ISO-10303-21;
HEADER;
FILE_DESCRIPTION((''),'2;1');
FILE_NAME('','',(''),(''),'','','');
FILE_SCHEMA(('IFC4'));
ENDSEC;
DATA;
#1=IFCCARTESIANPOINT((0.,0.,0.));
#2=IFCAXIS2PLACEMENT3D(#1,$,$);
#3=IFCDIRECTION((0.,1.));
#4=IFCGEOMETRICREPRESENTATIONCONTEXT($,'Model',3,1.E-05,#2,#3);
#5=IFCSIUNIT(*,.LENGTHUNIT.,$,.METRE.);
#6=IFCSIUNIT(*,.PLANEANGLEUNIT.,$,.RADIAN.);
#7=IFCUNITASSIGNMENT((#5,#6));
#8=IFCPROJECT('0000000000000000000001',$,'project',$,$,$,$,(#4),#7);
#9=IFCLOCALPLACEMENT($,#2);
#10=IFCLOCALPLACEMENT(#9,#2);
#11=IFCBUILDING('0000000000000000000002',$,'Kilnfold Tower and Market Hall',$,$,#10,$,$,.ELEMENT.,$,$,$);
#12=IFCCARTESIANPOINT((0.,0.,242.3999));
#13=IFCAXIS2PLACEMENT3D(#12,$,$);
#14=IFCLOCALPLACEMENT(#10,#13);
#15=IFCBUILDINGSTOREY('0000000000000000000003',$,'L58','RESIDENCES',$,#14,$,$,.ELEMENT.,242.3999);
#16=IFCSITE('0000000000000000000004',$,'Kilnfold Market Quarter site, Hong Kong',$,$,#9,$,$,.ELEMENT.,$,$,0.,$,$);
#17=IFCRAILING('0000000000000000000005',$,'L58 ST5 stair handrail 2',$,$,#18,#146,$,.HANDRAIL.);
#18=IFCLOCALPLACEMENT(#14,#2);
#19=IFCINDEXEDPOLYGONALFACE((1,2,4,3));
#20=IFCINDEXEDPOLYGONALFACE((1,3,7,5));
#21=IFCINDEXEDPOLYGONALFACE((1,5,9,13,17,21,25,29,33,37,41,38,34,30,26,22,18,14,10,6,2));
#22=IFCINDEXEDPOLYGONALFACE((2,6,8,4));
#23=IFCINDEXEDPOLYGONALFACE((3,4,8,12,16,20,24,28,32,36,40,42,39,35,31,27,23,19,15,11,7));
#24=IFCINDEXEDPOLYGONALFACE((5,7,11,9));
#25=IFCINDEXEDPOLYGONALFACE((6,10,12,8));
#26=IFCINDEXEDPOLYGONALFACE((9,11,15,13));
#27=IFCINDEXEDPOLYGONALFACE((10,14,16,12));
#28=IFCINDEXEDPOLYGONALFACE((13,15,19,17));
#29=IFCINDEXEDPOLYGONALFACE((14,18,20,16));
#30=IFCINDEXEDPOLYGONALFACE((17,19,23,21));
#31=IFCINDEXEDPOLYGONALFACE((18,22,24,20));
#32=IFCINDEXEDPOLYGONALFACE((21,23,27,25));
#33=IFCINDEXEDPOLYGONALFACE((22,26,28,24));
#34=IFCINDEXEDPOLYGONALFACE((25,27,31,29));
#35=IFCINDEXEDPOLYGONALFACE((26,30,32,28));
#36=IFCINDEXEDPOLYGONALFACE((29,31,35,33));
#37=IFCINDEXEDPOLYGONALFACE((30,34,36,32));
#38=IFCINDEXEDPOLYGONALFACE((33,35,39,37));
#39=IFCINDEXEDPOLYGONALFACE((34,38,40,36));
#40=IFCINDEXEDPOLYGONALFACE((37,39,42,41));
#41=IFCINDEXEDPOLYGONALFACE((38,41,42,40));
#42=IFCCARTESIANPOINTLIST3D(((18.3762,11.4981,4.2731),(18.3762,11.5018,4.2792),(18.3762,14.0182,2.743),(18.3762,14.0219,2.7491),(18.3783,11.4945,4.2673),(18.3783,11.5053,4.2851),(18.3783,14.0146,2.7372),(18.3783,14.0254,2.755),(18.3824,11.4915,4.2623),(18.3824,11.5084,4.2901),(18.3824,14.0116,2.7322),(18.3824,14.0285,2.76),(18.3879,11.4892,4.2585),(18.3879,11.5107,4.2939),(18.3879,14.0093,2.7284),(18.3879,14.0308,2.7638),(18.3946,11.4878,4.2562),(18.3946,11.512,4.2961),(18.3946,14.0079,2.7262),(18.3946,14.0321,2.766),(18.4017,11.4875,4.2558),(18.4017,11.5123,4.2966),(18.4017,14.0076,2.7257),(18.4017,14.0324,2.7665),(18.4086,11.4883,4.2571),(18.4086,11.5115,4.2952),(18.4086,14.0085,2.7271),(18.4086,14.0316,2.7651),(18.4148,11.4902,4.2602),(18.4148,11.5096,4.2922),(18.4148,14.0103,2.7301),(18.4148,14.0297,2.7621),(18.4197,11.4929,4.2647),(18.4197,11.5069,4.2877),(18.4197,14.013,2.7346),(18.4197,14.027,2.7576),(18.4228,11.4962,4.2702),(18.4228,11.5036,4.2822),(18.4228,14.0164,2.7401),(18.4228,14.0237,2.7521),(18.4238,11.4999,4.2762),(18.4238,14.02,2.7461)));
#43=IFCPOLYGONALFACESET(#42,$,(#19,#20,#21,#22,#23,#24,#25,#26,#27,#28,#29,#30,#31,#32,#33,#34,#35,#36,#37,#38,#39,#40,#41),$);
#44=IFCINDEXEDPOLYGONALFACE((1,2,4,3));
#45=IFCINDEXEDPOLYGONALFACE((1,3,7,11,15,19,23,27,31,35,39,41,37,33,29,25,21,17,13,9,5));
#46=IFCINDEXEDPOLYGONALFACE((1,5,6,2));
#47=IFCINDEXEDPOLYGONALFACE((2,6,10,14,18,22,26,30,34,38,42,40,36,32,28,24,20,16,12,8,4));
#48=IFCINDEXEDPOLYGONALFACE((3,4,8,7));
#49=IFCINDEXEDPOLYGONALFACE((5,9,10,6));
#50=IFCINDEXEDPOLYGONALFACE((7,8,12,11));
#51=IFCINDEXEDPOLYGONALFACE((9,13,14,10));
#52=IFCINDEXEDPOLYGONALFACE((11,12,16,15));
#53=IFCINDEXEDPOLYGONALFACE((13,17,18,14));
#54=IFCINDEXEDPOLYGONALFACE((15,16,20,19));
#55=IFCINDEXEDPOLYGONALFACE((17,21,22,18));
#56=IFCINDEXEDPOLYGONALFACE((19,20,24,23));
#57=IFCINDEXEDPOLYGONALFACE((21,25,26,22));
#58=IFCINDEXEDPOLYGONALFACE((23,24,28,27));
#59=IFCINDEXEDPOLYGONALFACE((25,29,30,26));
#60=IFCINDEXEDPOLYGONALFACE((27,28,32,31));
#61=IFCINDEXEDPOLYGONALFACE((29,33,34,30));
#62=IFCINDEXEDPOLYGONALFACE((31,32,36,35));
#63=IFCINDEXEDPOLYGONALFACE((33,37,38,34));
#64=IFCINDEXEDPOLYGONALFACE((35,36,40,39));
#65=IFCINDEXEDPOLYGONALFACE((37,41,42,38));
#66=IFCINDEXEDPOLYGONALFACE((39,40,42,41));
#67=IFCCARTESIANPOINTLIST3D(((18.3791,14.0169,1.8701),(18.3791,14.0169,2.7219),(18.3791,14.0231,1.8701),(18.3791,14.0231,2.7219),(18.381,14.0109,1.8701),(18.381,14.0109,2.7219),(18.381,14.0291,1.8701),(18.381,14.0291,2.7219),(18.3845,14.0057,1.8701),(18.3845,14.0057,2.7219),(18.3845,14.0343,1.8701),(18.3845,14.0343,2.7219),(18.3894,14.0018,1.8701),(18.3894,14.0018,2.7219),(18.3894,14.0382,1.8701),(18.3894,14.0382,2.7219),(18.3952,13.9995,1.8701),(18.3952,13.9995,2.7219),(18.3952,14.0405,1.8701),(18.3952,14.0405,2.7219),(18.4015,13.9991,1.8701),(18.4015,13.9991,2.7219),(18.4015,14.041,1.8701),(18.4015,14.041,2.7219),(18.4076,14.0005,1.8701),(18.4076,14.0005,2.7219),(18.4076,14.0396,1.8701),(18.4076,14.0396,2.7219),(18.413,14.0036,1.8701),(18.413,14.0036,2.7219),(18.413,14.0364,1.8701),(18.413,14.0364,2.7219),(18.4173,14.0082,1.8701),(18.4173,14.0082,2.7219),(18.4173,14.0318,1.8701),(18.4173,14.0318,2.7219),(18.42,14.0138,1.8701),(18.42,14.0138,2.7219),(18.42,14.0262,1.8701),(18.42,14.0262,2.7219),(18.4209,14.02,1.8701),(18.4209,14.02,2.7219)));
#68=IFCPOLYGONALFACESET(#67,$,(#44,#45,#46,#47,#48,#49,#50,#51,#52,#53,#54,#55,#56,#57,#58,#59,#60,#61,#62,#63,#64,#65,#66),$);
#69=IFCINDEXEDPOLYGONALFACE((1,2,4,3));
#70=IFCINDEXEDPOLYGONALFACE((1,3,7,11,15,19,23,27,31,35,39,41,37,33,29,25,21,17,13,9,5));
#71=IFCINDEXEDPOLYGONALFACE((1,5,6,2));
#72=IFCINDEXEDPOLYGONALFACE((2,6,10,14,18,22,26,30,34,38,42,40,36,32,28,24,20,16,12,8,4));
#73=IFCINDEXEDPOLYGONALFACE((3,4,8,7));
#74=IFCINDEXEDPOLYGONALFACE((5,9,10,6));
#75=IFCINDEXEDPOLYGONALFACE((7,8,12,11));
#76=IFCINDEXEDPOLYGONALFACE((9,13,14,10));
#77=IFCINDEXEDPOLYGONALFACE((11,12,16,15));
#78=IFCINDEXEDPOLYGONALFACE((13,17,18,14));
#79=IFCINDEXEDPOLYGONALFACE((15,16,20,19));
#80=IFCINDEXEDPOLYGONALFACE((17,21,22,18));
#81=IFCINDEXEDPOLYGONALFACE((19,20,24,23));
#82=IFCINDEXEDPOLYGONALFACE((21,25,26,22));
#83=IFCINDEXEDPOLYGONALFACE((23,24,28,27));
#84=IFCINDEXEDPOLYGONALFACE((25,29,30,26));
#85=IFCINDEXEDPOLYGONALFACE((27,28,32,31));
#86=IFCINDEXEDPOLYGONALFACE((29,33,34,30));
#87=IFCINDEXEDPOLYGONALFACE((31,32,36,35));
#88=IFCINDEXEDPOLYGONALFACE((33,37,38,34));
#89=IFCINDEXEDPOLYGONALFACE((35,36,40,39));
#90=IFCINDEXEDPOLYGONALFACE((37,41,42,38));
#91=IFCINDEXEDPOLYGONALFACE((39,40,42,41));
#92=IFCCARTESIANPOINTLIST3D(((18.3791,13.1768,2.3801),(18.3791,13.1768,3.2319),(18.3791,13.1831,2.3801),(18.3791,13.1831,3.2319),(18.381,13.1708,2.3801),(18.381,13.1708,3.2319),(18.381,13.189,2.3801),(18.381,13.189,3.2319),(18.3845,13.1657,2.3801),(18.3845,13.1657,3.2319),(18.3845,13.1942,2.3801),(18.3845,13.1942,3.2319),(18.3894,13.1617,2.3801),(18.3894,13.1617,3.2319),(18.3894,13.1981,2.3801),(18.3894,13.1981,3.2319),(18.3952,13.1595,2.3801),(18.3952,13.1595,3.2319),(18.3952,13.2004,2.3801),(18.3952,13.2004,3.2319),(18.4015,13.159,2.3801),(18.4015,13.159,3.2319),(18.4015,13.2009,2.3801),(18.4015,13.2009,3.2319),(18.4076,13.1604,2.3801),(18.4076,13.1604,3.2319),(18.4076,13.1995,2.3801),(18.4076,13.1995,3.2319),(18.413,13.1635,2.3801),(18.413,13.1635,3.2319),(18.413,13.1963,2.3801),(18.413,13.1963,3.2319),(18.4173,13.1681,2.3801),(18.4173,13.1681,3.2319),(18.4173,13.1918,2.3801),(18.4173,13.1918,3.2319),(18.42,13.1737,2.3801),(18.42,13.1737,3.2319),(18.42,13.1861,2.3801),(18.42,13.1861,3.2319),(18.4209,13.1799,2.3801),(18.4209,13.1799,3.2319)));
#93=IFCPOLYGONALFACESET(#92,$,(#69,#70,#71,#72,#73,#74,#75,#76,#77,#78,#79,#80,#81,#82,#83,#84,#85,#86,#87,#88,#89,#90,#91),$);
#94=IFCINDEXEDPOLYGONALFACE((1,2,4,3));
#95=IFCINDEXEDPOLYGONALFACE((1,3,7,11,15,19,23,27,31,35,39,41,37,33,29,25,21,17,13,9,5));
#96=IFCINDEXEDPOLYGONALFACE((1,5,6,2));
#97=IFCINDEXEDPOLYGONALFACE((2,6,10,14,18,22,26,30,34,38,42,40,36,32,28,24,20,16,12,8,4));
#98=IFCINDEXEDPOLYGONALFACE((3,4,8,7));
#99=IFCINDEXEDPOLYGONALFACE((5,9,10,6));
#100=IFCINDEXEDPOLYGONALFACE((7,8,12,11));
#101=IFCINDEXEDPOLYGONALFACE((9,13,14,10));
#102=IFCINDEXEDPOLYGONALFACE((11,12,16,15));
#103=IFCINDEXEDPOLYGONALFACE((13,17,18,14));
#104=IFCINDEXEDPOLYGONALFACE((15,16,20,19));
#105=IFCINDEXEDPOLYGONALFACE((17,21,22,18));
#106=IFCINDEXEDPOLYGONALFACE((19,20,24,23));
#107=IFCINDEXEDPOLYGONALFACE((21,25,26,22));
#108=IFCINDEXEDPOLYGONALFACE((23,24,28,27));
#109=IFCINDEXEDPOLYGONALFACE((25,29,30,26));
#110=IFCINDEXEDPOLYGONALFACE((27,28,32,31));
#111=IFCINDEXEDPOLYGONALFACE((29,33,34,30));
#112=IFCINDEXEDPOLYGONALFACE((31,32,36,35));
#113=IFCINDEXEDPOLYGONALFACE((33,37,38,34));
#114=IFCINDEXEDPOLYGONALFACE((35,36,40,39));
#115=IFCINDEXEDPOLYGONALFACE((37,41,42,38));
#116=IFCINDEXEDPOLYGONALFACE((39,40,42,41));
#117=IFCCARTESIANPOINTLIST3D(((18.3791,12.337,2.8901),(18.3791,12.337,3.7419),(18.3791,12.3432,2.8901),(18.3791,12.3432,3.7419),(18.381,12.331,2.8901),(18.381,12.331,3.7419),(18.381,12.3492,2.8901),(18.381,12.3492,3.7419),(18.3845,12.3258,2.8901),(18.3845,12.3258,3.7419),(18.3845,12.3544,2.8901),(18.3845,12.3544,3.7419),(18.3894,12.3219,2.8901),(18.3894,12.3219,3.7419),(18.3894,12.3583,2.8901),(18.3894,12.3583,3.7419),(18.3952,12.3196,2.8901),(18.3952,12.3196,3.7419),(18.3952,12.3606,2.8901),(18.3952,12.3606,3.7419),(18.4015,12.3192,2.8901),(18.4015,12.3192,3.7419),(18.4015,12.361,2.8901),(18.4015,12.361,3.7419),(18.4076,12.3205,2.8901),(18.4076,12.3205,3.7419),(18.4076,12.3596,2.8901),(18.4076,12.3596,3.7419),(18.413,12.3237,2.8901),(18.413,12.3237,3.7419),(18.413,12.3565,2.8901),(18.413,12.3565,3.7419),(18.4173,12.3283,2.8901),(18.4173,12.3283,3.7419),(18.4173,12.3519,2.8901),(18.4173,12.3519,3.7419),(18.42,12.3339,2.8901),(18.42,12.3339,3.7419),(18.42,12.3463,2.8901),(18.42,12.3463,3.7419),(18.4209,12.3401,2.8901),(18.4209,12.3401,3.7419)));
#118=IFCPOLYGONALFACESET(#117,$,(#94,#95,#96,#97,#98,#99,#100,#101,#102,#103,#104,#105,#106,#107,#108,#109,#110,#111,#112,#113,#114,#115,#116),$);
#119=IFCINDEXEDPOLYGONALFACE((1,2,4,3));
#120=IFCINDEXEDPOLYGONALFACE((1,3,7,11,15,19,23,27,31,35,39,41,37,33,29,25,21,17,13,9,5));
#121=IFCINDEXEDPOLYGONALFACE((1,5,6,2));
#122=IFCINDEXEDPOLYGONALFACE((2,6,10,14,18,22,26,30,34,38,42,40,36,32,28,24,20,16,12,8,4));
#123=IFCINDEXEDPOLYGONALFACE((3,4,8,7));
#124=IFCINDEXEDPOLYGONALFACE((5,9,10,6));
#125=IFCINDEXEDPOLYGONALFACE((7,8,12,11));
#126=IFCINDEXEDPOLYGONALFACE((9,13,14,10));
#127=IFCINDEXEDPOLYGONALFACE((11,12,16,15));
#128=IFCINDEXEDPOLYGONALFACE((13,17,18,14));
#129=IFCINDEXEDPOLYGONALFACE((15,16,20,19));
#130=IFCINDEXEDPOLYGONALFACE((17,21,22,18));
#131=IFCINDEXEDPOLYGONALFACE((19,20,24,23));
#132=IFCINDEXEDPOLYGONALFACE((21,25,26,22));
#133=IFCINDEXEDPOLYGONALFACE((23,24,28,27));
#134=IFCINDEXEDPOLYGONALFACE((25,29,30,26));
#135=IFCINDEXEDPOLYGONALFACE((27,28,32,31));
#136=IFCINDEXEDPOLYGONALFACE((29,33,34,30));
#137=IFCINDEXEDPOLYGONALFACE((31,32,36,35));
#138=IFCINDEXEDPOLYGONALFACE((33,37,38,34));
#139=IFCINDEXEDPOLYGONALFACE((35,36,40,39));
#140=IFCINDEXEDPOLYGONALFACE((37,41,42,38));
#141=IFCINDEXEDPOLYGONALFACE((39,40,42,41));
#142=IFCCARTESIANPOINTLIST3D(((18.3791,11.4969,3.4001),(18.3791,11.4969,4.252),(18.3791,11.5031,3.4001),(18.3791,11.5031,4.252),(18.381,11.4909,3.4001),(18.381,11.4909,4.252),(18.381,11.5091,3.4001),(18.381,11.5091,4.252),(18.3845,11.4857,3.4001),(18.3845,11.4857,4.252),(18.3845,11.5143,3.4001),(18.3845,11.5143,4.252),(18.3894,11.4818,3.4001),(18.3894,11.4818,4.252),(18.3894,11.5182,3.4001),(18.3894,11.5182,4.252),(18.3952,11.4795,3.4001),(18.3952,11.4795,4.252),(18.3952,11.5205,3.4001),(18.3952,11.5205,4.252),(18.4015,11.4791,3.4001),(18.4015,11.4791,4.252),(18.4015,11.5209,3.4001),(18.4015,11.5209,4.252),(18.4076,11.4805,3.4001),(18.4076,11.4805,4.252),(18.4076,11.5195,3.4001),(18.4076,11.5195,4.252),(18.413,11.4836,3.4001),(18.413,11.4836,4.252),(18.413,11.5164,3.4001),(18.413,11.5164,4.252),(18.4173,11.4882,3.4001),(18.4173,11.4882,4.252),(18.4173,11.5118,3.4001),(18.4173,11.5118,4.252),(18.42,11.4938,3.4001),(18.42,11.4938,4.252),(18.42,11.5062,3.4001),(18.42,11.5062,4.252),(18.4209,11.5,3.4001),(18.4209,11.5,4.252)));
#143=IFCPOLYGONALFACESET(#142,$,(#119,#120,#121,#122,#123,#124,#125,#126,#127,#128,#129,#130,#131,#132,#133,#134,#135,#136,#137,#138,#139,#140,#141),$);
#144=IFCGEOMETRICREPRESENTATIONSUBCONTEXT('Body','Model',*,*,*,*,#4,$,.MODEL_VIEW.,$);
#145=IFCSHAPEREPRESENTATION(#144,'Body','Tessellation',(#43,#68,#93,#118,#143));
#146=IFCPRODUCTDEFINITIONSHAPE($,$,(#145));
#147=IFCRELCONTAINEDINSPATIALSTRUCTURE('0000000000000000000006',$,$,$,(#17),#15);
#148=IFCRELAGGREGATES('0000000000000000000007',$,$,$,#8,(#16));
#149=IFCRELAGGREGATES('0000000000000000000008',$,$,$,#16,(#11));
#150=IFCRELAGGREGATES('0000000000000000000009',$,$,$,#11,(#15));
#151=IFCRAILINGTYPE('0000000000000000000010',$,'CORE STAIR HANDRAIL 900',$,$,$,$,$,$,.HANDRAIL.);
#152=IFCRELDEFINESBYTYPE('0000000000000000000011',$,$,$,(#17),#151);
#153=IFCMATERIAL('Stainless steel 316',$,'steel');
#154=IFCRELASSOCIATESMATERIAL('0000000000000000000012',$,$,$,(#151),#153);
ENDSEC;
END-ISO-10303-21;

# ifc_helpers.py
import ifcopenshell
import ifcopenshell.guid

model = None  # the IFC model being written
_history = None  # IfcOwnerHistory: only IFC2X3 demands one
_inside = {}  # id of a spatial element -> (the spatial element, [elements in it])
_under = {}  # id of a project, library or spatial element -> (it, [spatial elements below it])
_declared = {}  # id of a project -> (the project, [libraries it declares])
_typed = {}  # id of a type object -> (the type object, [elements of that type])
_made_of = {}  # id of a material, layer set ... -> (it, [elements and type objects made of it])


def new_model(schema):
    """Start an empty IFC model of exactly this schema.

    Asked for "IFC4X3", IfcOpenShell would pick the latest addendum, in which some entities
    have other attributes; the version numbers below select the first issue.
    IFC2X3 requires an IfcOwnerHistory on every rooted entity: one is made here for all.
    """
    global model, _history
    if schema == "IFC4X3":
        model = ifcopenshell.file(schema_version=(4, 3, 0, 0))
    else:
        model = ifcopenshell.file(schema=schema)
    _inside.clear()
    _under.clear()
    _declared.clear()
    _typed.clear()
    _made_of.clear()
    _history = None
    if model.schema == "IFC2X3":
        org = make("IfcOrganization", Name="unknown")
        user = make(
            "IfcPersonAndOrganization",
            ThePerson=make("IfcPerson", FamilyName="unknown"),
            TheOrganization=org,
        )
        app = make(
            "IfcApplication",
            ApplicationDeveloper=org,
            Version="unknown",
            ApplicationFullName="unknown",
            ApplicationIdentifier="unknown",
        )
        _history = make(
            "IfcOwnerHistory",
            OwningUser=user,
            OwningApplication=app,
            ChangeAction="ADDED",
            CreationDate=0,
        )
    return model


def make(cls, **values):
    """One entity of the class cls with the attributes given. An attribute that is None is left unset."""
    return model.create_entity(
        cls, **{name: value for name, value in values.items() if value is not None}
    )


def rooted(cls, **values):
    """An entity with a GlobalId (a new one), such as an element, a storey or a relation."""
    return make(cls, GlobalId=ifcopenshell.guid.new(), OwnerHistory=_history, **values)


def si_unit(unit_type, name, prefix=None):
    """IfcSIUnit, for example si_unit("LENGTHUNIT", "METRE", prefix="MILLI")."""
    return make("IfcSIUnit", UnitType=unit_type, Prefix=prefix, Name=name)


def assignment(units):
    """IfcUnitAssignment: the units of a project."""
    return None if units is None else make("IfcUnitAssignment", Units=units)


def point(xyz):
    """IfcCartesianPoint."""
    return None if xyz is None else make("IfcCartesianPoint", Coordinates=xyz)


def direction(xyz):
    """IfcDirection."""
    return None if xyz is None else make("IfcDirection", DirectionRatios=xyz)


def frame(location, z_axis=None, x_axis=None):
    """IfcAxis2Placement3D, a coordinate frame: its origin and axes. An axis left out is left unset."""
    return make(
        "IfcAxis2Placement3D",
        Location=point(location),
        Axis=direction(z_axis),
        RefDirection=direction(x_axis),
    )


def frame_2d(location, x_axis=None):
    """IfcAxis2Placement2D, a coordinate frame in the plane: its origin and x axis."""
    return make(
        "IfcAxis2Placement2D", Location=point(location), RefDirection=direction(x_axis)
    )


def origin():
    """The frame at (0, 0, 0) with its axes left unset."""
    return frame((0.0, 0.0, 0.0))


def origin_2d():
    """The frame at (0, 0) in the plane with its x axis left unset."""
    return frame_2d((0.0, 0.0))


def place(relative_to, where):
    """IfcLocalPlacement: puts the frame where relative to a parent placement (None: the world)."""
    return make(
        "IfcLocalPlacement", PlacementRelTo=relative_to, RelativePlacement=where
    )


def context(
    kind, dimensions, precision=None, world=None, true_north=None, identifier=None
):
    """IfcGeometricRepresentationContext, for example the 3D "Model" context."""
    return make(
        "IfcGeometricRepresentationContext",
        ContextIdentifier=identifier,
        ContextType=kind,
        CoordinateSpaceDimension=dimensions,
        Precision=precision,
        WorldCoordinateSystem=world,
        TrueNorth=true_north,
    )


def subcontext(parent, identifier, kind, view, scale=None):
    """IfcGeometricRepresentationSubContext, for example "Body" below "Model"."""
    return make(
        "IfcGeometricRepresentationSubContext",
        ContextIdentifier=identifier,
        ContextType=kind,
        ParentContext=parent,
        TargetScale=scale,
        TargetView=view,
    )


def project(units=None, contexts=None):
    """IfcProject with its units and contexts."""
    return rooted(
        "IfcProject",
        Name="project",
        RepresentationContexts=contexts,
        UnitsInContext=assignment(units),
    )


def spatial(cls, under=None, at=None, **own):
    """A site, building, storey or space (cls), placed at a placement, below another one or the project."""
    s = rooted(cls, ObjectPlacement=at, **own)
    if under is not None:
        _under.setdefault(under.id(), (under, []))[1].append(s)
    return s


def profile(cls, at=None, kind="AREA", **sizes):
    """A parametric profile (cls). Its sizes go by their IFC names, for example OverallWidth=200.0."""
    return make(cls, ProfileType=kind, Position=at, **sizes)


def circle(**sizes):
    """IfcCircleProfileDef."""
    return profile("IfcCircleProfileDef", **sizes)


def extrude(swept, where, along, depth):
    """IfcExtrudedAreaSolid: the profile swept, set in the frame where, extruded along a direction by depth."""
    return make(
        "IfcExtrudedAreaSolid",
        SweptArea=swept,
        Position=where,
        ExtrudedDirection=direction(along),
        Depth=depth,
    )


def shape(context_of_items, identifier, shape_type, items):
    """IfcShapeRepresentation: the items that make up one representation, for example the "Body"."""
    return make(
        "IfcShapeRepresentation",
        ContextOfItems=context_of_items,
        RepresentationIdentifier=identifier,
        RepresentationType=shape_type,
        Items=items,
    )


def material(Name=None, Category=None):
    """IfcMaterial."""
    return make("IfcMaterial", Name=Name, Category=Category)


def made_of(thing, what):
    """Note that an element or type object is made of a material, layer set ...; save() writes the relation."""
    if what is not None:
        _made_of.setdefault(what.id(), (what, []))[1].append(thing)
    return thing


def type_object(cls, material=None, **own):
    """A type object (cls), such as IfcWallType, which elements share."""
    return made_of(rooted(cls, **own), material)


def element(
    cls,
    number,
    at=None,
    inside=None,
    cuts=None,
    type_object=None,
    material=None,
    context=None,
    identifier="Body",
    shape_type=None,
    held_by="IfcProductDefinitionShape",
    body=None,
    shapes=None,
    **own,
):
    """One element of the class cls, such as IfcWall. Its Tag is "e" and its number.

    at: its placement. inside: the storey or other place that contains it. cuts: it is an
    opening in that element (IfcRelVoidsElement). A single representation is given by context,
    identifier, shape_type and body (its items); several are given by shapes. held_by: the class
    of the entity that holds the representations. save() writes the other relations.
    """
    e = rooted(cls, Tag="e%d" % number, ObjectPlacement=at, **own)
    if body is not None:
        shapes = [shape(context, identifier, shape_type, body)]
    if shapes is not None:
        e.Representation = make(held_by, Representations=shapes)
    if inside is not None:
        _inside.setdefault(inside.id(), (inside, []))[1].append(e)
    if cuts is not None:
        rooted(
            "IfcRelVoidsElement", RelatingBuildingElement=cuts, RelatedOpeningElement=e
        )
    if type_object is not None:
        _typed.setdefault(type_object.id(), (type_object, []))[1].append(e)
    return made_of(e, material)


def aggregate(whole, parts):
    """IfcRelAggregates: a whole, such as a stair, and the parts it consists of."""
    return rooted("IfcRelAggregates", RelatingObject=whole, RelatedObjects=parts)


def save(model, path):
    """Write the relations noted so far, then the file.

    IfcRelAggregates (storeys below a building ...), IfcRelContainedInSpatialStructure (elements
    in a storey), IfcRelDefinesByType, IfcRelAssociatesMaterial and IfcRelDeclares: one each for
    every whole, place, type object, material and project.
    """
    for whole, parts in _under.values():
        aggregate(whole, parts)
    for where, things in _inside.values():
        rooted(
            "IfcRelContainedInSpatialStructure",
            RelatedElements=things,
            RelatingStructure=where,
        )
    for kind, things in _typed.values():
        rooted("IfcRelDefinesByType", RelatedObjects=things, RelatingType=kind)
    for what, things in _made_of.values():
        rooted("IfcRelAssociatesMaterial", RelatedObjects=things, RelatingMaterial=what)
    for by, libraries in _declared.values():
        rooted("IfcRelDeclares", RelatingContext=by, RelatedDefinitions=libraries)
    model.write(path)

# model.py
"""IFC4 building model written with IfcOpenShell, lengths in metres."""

from ifc_helpers import new_model, si_unit, direction, frame, origin, origin_2d, place, context, subcontext, project, spatial, circle, extrude, material, type_object, element, save


model = new_model("IFC4")

# Units and contexts
model_context = context("Model", 3, precision=1e-05, world=origin(), true_north=direction((0.0, 1.0)))
body_context = subcontext(model_context, "Body", "Model", "MODEL_VIEW")
ifc_project = project(units=[si_unit("LENGTHUNIT", "METRE"), si_unit("PLANEANGLEUNIT", "RADIAN")], contexts=[model_context])

# Site, building, storey
site_placement = place(None, origin())
site = spatial("IfcSite", under=ifc_project, at=site_placement, Name="Kilnfold Market Quarter site, Hong Kong", CompositionType="ELEMENT", RefElevation=0.0)
building_placement = place(site_placement, origin())
building = spatial("IfcBuilding", under=site, at=building_placement, Name="Kilnfold Tower and Market Hall", CompositionType="ELEMENT")
storey_placement = place(building_placement, frame((0.0, 0.0, 242.3999)))
storey = spatial("IfcBuildingStorey", under=building, at=storey_placement, Name="L58", Description="RESIDENCES", CompositionType="ELEMENT", Elevation=242.3999)

# Railing
ifc_material_1 = material(Name="Stainless steel 316", Category="steel")
railing_type = type_object("IfcRailingType", Name="CORE STAIR HANDRAIL 900", PredefinedType="HANDRAIL", material=ifc_material_1)
railing_placement = place(storey_placement, frame((18.3999, 14.02, 1.8701)))
element("IfcRailing", 1, at=railing_placement, inside=storey, type_object=railing_type, Name="L58 ST5 stair handrail 2", PredefinedType="HANDRAIL", context=body_context, shape_type="SweptSolid", body=[
    extrude(circle(Radius=0.0239, at=origin_2d()), frame((0.0, 0.0, 0.876), z_axis=(0.0, -0.854785, 0.518982), x_axis=(1.0, 0.0, 0.0)), (0.0, 0.0, 1.0), 2.9482),
    extrude(circle(Radius=0.021, at=origin_2d()), origin(), (0.0, 0.0, 1.0), 0.8518),
    extrude(circle(Radius=0.021, at=origin_2d()), frame((0.0, -0.8401, 0.51)), (0.0, 0.0, 1.0), 0.8518),
    extrude(circle(Radius=0.021, at=origin_2d()), frame((0.0, -1.6799, 1.02)), (0.0, 0.0, 1.0), 0.8518),
    extrude(circle(Radius=0.021, at=origin_2d()), frame((0.0, -2.52, 1.53)), (0.0, 0.0, 1.0), 0.8518),
])

save(model, "model.ifc")
